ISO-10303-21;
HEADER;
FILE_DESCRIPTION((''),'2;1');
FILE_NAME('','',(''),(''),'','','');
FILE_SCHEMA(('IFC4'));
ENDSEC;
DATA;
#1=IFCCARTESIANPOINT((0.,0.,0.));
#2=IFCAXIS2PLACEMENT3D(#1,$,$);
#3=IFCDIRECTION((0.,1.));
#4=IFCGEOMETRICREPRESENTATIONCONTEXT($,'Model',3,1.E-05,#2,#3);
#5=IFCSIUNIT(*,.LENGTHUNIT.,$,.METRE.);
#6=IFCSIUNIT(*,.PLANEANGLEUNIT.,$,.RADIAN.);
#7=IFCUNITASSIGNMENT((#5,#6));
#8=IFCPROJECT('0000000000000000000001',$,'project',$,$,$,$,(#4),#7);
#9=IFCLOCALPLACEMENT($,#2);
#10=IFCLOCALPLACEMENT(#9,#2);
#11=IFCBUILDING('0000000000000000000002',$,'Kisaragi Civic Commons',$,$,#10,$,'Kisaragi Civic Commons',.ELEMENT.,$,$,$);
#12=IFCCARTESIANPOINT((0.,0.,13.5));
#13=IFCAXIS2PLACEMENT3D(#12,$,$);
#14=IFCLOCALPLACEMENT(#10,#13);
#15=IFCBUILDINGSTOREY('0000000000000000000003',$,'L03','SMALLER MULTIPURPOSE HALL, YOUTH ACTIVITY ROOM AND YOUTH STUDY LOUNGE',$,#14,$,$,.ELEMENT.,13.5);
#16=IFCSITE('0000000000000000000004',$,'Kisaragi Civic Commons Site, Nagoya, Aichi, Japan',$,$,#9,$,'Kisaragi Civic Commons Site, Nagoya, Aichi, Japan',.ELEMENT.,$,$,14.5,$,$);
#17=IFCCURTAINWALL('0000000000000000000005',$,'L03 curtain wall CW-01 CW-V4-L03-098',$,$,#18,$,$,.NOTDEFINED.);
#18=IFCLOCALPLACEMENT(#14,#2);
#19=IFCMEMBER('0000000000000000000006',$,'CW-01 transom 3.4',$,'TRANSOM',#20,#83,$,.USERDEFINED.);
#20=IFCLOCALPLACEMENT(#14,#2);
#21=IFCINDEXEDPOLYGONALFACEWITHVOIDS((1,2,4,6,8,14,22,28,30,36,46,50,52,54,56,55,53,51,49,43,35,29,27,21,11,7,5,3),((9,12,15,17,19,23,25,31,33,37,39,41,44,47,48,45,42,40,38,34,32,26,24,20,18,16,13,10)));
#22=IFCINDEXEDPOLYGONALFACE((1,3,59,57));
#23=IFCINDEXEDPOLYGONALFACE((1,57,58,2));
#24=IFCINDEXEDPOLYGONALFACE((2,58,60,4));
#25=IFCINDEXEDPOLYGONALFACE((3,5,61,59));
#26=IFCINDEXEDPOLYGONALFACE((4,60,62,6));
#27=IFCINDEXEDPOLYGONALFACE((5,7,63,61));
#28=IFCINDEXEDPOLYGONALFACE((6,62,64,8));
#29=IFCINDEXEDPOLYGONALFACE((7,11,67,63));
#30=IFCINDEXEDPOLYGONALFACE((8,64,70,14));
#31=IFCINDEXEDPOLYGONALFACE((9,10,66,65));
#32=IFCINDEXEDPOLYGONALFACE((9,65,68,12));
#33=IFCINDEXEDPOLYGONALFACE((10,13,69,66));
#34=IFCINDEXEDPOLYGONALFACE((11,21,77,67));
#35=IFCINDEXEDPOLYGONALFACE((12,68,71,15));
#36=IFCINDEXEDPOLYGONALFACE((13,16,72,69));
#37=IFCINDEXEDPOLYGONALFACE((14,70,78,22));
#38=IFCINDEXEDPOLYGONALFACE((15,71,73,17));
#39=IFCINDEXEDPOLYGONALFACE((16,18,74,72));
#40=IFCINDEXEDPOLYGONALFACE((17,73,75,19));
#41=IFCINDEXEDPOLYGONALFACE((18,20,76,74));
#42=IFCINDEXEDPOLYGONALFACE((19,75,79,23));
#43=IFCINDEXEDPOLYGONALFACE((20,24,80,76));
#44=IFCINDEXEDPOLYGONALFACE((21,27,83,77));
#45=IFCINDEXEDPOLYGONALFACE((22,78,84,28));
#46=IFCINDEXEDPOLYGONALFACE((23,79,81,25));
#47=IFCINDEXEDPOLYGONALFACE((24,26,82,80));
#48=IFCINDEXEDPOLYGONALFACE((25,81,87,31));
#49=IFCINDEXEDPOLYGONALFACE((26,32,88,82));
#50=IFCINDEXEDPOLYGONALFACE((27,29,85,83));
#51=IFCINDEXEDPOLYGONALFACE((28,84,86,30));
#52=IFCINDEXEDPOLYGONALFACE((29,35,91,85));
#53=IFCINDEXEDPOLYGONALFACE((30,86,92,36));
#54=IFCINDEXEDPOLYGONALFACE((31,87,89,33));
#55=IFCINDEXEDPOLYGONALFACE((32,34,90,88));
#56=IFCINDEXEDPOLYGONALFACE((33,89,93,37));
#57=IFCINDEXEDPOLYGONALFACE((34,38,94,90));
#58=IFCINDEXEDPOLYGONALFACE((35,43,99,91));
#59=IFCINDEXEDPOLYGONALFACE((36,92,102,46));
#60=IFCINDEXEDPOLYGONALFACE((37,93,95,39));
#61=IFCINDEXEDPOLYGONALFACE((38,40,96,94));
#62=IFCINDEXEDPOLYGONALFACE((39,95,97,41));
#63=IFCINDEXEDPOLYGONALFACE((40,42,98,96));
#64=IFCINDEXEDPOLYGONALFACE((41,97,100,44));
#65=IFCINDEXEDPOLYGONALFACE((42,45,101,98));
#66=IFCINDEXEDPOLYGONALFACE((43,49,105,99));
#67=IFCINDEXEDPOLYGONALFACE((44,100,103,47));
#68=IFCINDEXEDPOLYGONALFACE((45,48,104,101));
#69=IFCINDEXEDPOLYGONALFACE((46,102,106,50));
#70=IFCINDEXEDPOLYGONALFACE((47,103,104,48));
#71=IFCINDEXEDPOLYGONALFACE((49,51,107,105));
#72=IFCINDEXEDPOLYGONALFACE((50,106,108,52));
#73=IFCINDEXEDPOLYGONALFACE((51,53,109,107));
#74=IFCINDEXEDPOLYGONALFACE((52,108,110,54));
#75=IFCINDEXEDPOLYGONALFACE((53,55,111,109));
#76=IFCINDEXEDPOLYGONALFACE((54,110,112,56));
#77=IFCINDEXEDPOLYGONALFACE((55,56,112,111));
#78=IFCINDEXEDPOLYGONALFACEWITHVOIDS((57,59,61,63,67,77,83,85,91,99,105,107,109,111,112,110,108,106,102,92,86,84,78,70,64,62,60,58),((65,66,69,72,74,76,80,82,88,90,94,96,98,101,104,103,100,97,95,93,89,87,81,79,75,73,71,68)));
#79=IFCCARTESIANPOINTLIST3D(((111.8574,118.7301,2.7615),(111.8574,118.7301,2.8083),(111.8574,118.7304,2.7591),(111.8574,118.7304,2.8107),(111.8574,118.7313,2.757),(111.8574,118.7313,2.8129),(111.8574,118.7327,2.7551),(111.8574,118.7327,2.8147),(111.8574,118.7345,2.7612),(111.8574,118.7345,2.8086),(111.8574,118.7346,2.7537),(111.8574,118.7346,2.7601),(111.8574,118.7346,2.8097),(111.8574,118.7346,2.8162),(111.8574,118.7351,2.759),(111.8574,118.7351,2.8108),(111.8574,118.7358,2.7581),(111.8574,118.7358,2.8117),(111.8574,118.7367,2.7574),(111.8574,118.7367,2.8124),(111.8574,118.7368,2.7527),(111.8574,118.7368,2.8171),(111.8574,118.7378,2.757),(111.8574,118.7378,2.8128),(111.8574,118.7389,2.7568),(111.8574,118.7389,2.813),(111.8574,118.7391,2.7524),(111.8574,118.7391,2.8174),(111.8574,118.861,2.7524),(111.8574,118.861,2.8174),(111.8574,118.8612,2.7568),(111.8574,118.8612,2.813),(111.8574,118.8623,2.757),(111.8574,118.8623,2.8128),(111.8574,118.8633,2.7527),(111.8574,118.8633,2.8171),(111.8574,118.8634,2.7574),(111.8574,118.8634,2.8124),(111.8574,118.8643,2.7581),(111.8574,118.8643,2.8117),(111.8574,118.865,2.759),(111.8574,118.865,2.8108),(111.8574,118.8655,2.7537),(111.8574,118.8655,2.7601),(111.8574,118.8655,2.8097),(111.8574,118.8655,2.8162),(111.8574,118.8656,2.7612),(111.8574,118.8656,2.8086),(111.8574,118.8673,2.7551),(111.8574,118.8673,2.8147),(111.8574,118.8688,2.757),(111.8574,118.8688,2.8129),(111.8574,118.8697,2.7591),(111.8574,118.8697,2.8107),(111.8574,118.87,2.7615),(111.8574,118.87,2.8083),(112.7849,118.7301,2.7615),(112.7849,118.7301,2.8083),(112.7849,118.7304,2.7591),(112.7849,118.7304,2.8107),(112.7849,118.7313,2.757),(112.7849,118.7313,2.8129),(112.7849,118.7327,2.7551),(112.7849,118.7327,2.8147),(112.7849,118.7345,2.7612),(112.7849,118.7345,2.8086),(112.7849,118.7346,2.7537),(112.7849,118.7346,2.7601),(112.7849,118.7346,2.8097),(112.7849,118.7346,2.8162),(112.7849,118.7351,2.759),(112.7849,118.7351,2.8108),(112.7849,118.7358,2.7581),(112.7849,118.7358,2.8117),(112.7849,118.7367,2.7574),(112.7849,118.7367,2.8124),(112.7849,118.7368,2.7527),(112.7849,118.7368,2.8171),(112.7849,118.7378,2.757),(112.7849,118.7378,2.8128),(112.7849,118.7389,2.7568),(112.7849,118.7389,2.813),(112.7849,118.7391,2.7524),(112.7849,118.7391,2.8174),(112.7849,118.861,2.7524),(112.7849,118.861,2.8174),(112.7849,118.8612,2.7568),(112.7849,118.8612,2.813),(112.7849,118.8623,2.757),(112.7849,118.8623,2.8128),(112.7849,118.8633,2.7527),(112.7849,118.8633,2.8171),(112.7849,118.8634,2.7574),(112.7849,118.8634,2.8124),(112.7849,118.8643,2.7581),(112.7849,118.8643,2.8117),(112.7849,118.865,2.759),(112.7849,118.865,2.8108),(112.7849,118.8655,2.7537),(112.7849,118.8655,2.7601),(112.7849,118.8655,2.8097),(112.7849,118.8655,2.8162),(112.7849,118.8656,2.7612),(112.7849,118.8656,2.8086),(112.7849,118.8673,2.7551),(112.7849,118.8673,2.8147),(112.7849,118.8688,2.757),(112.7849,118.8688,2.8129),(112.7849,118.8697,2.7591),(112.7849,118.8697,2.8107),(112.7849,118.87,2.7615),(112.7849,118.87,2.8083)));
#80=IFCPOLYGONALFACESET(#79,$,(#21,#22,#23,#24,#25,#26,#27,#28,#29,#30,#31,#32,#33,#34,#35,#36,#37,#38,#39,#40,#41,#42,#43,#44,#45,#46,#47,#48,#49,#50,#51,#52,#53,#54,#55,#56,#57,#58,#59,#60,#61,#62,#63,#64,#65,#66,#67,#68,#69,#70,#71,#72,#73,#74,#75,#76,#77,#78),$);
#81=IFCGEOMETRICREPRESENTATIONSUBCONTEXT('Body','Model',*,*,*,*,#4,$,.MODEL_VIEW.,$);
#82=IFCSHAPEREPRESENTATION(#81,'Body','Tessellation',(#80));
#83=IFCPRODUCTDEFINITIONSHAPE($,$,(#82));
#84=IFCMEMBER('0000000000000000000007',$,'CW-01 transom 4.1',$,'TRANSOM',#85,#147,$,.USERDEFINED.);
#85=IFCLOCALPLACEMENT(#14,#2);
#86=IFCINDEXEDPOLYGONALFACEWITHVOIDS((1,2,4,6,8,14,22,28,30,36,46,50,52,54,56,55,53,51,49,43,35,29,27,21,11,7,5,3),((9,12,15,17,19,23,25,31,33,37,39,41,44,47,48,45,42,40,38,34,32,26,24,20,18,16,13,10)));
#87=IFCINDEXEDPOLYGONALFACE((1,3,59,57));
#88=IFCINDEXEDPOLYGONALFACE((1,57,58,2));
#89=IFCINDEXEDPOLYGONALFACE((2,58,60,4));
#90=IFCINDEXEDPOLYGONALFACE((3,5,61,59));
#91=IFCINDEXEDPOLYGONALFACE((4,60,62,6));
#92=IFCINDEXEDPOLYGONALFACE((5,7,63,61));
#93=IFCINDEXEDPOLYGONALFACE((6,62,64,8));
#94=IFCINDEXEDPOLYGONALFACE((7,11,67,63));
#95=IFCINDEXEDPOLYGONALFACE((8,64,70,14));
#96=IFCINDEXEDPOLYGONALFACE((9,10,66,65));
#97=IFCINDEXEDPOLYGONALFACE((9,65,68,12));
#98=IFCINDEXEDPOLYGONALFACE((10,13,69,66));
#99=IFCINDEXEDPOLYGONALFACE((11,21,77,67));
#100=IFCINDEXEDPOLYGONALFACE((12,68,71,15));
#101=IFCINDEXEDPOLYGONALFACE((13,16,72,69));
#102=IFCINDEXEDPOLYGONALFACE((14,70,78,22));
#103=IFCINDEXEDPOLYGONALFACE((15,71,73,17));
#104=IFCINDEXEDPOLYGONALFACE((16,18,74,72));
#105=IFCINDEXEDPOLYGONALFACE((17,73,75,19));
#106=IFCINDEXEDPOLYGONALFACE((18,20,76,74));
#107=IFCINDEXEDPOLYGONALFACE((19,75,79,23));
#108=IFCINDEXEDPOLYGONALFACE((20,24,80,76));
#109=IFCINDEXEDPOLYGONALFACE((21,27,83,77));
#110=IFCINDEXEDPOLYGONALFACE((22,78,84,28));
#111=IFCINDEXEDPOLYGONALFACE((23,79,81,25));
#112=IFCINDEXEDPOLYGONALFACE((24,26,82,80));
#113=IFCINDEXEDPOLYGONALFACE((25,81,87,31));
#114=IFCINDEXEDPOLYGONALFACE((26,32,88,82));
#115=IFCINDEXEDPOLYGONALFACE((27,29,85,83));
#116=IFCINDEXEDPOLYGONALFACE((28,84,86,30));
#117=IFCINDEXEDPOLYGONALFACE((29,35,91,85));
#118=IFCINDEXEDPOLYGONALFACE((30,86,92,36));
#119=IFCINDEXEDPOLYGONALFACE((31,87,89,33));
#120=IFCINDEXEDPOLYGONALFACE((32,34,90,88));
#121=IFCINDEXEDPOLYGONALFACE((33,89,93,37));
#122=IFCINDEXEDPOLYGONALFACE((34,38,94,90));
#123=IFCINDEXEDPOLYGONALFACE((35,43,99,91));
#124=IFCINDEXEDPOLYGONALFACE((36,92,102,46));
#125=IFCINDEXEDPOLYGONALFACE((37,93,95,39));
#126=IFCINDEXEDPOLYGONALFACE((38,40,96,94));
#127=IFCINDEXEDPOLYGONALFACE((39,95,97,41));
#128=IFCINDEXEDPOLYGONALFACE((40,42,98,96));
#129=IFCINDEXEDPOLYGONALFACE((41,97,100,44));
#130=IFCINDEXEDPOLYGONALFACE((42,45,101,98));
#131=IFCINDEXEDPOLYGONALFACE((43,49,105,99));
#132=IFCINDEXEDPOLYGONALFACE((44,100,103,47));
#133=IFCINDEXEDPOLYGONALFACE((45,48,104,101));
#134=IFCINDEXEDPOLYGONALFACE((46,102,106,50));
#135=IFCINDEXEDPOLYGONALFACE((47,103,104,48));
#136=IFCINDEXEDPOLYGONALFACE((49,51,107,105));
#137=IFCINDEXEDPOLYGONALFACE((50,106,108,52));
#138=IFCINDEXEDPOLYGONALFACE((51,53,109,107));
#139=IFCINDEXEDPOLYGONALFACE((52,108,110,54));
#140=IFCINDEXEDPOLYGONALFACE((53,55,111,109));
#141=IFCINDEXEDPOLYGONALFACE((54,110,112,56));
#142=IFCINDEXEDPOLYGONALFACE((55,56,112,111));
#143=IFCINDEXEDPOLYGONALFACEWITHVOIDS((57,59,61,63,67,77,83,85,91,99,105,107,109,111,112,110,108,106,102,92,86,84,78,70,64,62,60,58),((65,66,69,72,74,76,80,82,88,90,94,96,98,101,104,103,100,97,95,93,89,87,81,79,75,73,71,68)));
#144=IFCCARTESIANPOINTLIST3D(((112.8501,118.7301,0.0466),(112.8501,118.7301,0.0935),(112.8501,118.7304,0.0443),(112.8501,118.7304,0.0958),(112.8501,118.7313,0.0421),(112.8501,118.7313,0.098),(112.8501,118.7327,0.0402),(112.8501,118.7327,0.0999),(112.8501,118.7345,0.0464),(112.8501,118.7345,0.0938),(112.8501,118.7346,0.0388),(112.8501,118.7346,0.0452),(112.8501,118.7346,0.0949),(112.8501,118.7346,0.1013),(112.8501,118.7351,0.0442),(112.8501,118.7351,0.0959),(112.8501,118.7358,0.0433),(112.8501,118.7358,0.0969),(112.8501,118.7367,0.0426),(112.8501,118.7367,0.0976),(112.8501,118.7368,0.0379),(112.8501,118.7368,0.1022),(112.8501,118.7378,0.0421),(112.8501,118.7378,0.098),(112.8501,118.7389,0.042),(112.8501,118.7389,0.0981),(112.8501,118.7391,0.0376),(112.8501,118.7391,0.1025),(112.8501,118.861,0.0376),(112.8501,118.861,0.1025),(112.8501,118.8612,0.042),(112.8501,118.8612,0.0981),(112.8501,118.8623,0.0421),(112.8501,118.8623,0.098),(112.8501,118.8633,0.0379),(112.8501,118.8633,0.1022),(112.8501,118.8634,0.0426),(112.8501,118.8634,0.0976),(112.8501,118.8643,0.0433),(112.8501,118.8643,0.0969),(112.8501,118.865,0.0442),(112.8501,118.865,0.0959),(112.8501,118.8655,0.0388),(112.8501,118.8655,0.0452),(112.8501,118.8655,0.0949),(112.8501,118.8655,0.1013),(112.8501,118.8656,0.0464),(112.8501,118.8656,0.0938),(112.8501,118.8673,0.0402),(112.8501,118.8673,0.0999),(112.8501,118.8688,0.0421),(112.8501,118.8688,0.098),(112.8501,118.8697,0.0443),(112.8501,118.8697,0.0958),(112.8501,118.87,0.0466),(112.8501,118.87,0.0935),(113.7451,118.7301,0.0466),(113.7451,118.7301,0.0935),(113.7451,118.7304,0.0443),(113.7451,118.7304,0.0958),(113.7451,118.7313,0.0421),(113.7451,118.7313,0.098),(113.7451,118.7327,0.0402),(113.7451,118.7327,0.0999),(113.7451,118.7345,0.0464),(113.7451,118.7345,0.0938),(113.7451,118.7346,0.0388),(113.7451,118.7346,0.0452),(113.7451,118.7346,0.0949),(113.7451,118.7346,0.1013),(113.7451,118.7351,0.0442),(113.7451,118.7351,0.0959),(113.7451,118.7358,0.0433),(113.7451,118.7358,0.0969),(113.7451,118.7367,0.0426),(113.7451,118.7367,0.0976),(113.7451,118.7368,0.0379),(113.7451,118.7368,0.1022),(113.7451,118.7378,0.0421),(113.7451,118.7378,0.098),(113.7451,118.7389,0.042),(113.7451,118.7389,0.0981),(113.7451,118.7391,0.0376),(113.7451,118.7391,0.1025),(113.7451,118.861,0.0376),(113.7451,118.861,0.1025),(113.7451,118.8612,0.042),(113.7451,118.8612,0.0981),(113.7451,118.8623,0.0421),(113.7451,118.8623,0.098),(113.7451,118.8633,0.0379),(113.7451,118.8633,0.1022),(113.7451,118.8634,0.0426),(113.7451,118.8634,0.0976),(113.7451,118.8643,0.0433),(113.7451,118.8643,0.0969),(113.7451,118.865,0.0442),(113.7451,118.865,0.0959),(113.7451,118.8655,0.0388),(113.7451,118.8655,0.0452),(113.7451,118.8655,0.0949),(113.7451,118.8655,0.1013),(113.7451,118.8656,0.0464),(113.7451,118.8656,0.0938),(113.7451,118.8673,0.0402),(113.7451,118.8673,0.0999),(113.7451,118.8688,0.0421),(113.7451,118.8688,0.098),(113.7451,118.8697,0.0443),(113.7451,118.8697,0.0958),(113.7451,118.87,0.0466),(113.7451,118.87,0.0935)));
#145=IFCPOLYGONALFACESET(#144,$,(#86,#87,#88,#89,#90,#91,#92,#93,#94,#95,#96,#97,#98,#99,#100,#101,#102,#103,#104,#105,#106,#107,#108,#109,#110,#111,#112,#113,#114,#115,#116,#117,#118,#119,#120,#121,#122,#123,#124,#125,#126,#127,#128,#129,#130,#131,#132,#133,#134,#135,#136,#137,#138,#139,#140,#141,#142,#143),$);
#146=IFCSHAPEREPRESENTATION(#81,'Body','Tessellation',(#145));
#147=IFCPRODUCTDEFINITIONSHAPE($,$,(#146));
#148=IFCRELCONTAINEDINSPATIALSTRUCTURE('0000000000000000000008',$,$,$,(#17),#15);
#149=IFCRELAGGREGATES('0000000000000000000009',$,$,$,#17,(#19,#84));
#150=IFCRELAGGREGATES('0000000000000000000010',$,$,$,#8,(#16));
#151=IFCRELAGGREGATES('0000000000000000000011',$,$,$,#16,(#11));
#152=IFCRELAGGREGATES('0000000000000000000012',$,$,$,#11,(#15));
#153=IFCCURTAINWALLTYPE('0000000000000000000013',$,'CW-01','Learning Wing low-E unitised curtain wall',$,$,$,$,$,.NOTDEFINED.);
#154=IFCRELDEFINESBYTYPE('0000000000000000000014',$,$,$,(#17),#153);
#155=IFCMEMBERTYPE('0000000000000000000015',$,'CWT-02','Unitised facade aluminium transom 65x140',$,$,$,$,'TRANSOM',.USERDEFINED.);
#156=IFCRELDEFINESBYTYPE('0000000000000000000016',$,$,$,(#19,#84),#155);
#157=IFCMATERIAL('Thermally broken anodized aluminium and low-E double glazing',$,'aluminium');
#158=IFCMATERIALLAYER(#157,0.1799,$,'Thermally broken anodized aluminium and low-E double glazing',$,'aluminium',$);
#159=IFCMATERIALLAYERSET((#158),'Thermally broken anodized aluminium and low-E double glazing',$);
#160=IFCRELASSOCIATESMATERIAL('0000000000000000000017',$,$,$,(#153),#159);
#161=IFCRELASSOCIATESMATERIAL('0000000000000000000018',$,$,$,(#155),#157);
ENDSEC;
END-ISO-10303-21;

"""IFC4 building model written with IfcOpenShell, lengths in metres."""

from ifc_helpers import new_model, si_unit, direction, frame, origin, origin_2d, place, context, subcontext, project, spatial, hollow_rectangle, extrude, material, layer, layer_set, material_profile, profile_set, type_object, element, aggregate, save


model = new_model("IFC4")

# Units and contexts
model_context = context("Model", 3, precision=1e-05, world=origin(), true_north=direction((0.0, 1.0)))
body_context = subcontext(model_context, "Body", "Model", "MODEL_VIEW")
ifc_project = project(units=[si_unit("LENGTHUNIT", "METRE"), si_unit("PLANEANGLEUNIT", "RADIAN")], contexts=[model_context])

# Site, building, storey
site_placement = place(None, origin())
site = spatial("IfcSite", under=ifc_project, at=site_placement, Name="Kisaragi Civic Commons Site, Nagoya, Aichi, Japan", LongName="Kisaragi Civic Commons Site, Nagoya, Aichi, Japan", CompositionType="ELEMENT", RefElevation=14.5)
building_placement = place(site_placement, origin())
building = spatial("IfcBuilding", under=site, at=building_placement, Name="Kisaragi Civic Commons", LongName="Kisaragi Civic Commons", CompositionType="ELEMENT")
storey_placement = place(building_placement, frame((0.0, 0.0, 13.5)))
storey = spatial("IfcBuildingStorey", under=building, at=storey_placement, Name="L03", Description="SMALLER MULTIPURPOSE HALL, YOUTH ACTIVITY ROOM AND YOUTH STUDY LOUNGE", CompositionType="ELEMENT", Elevation=13.5)

# Curtain wall, members
ifc_material = material(Name="Thermally broken anodized aluminium and low-E double glazing", Category="aluminium")
ifc_layer_1 = layer(ifc_material, 0.1799, Name="Thermally broken anodized aluminium and low-E double glazing", Category="aluminium")
ifc_layer_set_1 = layer_set([ifc_layer_1], Name="Thermally broken anodized aluminium and low-E double glazing")
curtain_wall_type = type_object("IfcCurtainWallType", Name="CW-01", Description="Learning Wing low-E unitised curtain wall", PredefinedType="NOTDEFINED", material=ifc_layer_set_1)
curtain_wall_placement = place(storey_placement, origin())
curtain_wall = element("IfcCurtainWall", 1, at=curtain_wall_placement, inside=storey, type_object=curtain_wall_type, Name="L03 curtain wall CW-01 CW-V4-L03-098", PredefinedType="NOTDEFINED")
ifc_material_profile_1 = material_profile(ifc_material, hollow_rectangle(XDim=0.1399, YDim=0.0649, WallThickness=0.0044, InnerFilletRadius=0.0044, OuterFilletRadius=0.009, at=origin_2d()), Name="CWT-65x140x4.5", Category="aluminium")
ifc_profile_set_1 = profile_set([ifc_material_profile_1], Name="Thermally broken anodized aluminium and low-E double glazing")
member_type_1 = type_object("IfcMemberType", Name="CWT-02", Description="Unitised facade aluminium transom 65x140", ElementType="TRANSOM", PredefinedType="USERDEFINED", material=ifc_profile_set_1)
member_1_placement = place(storey_placement, frame((111.8574, 118.8, 2.7849), z_axis=(1.0, 0.0, 0.0), x_axis=(0.0, 1.0, 0.0)))
member_1 = element("IfcMember", 2, at=member_1_placement, type_object=member_type_1, Name="CW-01 transom 3.4", ObjectType="TRANSOM", PredefinedType="USERDEFINED", context=body_context, shape_type="SweptSolid", body=[
    extrude(hollow_rectangle(XDim=0.1399, YDim=0.0649, WallThickness=0.0044, InnerFilletRadius=0.0044, OuterFilletRadius=0.009, at=origin_2d()), origin(), (0.0, 0.0, 1.0), 0.9275),
])
member_2_placement = place(storey_placement, frame((112.8501, 118.8, 0.0701), z_axis=(1.0, 0.0, 0.0), x_axis=(0.0, 1.0, 0.0)))
member_2 = element("IfcMember", 3, at=member_2_placement, type_object=member_type_1, Name="CW-01 transom 4.1", ObjectType="TRANSOM", PredefinedType="USERDEFINED", context=body_context, shape_type="SweptSolid", body=[
    extrude(hollow_rectangle(XDim=0.1399, YDim=0.0649, WallThickness=0.0044, InnerFilletRadius=0.0044, OuterFilletRadius=0.009, at=origin_2d()), origin(), (0.0, 0.0, 1.0), 0.895),
])
aggregate(curtain_wall, [member_1, member_2])

save(model, "model.ifc")
